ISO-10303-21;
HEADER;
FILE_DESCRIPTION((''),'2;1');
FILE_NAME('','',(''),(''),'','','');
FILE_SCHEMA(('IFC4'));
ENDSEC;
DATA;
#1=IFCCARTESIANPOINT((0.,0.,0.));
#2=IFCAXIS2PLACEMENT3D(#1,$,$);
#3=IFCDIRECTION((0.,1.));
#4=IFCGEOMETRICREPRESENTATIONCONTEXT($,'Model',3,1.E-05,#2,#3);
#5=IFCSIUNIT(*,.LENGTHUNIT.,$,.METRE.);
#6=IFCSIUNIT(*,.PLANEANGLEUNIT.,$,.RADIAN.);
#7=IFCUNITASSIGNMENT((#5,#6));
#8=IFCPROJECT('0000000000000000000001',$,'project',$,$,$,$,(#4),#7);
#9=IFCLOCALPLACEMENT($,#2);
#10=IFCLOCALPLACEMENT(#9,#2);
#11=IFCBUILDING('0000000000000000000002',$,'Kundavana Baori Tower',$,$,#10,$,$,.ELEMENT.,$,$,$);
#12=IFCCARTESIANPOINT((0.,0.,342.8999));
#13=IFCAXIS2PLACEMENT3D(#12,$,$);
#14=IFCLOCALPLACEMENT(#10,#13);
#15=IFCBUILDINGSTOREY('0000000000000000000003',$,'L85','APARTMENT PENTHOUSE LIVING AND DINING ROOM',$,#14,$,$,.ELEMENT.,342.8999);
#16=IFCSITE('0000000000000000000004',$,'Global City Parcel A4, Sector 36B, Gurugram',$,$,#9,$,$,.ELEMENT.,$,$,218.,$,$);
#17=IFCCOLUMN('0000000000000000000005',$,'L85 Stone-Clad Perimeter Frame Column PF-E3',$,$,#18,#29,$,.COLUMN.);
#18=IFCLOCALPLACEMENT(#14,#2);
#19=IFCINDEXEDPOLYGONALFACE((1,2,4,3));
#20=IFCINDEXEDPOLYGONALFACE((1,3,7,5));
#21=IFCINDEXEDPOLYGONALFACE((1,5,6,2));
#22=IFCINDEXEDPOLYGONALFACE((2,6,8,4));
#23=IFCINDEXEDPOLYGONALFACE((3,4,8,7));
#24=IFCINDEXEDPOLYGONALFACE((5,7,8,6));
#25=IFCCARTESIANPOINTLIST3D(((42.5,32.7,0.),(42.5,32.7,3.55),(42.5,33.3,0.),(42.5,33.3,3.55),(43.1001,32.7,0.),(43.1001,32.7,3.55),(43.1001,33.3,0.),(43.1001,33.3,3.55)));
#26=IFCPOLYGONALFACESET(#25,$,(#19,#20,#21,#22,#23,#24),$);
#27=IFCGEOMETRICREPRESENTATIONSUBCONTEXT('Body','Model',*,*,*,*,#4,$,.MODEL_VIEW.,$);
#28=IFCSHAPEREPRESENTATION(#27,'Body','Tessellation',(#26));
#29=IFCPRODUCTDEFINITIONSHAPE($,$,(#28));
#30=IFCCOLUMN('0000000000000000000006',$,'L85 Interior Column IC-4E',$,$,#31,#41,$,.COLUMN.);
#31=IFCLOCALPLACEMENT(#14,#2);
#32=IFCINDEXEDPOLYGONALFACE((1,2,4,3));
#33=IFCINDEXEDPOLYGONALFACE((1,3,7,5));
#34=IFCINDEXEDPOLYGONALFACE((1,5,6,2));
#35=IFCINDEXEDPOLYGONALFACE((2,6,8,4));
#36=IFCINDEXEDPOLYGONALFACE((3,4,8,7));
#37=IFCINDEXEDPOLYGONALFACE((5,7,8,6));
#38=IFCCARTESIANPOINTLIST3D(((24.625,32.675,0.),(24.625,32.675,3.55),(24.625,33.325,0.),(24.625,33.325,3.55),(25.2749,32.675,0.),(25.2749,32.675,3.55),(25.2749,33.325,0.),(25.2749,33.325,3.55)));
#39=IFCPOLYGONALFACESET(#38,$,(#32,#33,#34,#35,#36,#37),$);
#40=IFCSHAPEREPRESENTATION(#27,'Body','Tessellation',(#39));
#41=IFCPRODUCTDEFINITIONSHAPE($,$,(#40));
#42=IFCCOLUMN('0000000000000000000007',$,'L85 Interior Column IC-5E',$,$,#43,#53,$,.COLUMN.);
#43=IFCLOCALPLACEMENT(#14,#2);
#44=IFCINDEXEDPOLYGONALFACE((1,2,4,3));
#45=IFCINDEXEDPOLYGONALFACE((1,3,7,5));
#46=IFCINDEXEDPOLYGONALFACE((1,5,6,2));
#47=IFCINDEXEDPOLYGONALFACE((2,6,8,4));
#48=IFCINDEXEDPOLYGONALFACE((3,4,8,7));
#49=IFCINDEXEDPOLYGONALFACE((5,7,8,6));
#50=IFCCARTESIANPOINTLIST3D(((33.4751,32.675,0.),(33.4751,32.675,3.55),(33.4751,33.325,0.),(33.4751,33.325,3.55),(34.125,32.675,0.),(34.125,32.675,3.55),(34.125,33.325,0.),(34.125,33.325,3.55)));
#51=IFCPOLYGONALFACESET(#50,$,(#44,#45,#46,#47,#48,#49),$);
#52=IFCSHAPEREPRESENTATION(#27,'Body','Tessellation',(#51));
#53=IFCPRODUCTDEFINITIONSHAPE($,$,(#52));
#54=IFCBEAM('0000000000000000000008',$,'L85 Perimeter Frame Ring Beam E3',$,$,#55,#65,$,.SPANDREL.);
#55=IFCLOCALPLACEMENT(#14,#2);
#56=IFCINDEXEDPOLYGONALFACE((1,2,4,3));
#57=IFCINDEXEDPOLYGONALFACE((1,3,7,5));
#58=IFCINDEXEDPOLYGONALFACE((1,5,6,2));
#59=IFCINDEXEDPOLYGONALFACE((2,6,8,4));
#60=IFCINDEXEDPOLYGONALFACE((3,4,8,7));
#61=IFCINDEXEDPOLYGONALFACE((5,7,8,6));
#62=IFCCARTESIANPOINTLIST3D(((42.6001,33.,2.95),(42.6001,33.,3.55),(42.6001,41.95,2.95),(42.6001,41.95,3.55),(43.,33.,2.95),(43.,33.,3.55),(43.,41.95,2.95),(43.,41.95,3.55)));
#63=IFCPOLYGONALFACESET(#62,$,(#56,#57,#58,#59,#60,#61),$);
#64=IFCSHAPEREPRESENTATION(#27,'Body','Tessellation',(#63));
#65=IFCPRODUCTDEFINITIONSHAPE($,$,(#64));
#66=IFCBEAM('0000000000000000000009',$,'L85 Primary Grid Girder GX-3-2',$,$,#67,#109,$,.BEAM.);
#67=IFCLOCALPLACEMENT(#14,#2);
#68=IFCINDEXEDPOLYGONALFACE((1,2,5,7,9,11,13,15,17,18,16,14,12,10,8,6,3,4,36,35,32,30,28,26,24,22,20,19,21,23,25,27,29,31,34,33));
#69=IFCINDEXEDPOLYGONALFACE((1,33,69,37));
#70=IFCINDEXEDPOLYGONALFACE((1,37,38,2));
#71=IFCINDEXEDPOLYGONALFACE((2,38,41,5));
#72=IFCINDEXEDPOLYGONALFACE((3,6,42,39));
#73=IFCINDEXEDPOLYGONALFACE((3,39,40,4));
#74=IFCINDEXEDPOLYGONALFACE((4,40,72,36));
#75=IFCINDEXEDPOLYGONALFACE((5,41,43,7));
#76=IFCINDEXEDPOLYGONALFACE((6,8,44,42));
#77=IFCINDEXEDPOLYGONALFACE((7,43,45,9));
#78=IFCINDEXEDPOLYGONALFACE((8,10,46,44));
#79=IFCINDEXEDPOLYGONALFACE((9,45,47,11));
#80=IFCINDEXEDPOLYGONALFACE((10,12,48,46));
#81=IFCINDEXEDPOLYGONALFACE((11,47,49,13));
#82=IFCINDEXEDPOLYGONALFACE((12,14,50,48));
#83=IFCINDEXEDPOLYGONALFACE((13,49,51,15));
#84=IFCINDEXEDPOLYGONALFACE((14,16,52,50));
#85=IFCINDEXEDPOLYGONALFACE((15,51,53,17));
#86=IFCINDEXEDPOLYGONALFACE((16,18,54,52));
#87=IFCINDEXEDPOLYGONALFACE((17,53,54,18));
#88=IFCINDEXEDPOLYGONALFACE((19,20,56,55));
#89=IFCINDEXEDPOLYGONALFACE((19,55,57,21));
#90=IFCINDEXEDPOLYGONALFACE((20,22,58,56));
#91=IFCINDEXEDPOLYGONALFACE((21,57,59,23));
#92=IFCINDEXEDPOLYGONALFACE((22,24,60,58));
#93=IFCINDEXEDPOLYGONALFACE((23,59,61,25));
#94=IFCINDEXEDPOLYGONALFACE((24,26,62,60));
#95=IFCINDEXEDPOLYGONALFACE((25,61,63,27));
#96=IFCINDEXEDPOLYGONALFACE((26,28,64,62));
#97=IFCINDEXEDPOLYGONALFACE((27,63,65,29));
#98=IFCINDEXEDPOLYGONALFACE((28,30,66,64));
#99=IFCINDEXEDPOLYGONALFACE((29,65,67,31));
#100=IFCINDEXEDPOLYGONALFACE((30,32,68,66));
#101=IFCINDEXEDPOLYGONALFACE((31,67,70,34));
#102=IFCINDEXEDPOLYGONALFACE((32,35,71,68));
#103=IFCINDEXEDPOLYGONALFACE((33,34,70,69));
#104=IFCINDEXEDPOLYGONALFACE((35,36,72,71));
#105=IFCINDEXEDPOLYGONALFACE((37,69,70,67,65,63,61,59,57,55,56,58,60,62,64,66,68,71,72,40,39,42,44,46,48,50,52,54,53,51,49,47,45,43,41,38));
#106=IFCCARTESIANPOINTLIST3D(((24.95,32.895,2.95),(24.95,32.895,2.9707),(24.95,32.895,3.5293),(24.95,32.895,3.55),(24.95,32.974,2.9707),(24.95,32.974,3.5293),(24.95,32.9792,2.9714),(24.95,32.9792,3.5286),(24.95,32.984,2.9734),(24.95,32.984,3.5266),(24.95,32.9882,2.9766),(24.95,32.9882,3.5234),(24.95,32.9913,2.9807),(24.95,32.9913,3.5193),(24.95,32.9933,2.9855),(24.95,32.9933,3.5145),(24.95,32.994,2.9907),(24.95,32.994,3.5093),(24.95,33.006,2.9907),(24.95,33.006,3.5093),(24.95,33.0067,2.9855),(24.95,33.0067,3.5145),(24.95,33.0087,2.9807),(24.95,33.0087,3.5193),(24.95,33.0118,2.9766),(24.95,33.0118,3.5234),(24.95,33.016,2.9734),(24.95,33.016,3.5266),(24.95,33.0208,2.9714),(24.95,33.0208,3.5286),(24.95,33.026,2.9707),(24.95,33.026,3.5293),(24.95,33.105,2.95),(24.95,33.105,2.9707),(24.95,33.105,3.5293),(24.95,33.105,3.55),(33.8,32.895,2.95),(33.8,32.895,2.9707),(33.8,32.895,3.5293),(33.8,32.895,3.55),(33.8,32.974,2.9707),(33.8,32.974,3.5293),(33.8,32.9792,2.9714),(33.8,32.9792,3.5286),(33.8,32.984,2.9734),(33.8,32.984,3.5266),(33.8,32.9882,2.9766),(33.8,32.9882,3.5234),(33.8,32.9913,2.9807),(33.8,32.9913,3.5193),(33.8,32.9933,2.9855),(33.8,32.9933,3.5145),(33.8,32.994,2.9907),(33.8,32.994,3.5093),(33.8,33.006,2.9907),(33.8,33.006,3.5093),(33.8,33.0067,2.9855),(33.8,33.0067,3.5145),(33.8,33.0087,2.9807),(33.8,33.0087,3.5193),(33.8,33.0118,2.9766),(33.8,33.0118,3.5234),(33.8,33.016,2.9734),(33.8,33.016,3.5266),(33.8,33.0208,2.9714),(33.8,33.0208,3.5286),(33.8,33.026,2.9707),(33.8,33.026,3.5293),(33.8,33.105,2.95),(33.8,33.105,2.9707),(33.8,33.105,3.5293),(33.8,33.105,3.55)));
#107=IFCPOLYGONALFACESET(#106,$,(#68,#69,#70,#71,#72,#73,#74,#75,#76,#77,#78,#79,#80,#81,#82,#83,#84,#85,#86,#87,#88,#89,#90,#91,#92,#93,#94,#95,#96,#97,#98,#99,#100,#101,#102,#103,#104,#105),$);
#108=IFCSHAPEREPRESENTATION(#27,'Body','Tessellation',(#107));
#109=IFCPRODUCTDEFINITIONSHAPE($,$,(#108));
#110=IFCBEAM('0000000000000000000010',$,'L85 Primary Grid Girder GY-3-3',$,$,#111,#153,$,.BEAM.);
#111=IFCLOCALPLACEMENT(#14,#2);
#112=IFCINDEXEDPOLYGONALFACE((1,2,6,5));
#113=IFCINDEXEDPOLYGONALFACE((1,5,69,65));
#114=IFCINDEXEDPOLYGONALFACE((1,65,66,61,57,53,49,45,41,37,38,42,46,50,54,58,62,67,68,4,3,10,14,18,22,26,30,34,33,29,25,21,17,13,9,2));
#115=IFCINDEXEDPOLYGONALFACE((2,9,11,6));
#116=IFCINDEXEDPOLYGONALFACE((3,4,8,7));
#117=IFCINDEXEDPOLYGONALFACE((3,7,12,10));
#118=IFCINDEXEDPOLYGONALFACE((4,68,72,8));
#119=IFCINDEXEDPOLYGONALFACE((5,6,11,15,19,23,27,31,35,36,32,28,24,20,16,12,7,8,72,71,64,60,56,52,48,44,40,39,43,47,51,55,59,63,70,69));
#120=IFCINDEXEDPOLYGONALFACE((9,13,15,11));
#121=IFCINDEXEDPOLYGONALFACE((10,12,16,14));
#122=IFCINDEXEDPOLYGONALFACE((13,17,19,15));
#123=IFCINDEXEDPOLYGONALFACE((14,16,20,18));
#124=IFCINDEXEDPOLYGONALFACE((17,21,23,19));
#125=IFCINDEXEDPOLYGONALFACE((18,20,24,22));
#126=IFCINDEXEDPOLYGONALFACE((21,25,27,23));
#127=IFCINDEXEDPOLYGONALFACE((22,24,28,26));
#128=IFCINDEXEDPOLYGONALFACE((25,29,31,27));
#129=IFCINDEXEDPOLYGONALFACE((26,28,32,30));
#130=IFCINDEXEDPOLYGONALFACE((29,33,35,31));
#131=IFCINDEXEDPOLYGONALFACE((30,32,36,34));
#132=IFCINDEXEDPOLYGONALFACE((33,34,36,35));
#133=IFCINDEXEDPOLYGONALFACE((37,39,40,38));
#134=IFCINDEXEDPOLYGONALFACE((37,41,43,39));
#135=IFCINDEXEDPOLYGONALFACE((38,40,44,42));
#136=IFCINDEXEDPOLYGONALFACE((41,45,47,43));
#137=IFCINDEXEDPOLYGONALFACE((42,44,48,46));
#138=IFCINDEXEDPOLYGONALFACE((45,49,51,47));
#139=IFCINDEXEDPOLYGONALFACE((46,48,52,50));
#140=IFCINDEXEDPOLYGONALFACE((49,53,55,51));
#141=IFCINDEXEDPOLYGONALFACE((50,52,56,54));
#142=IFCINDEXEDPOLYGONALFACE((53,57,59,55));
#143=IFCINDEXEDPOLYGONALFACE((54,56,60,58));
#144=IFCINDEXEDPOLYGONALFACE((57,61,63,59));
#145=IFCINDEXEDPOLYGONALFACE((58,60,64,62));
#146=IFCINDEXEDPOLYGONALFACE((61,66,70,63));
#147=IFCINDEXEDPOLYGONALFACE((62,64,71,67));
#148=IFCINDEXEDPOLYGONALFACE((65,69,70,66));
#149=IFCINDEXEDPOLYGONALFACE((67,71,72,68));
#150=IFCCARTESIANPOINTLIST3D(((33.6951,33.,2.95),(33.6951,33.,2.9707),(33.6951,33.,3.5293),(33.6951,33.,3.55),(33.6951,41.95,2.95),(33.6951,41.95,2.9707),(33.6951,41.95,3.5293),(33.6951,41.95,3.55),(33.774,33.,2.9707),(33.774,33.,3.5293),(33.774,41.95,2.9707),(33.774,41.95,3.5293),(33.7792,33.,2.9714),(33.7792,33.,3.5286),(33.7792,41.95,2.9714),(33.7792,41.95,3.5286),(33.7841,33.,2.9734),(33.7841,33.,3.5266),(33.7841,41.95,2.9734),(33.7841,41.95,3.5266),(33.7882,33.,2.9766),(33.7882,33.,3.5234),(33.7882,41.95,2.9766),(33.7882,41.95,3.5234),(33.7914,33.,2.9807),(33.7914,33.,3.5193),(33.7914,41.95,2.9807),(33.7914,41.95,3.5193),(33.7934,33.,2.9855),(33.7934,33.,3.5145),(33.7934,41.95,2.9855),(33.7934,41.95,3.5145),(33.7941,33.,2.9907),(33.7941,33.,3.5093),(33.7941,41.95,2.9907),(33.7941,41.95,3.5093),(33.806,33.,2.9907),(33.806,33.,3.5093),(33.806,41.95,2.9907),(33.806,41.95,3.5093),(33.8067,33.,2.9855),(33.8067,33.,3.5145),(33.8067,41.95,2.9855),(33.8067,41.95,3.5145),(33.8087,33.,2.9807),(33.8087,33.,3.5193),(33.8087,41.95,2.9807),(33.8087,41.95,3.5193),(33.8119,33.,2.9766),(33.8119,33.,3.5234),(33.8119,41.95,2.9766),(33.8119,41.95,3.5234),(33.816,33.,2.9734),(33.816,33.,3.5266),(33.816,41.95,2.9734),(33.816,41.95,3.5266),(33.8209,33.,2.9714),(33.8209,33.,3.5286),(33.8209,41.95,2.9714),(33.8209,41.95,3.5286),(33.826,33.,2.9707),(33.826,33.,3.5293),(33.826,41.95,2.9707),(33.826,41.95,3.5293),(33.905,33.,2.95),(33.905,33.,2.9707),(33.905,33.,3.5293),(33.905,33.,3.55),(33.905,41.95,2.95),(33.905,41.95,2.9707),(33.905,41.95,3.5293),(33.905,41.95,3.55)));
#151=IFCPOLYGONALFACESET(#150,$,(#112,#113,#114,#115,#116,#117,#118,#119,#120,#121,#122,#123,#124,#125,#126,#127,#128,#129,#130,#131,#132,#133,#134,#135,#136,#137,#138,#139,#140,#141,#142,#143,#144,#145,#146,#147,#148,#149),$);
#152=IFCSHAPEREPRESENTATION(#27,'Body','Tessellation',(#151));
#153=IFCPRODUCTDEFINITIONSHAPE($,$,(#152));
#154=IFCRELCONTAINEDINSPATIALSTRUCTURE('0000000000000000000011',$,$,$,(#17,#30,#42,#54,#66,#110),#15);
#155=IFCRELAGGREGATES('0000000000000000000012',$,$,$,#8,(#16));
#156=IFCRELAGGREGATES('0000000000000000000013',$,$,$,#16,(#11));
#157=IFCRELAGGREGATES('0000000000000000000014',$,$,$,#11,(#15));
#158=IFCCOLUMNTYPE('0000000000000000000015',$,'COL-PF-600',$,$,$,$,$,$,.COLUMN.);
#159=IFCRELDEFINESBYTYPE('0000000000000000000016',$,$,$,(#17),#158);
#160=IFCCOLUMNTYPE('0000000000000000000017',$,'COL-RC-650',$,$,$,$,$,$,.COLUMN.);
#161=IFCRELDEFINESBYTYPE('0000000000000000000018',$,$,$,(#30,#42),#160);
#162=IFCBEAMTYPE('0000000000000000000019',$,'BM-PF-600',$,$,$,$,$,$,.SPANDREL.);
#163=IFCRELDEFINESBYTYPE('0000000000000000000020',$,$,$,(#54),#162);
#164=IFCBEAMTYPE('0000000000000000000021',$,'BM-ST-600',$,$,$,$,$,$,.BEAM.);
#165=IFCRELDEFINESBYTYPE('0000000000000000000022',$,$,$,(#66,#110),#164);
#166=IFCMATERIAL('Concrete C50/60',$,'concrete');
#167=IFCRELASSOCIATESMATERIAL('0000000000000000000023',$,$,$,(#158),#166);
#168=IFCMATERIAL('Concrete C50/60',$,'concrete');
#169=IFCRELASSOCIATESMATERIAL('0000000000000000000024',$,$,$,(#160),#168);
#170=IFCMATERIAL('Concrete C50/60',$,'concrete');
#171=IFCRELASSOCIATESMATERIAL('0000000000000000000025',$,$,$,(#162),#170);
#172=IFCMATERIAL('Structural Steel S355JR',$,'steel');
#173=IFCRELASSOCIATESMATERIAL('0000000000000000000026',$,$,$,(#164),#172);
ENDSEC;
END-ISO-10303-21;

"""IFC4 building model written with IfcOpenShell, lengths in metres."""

from ifc_helpers import new_model, si_unit, direction, frame, origin, origin_2d, place, context, subcontext, project, spatial, rectangle, i_section, extrude, material, material_profile, profile_set, type_object, element, save


model = new_model("IFC4")

# Units and contexts
model_context = context("Model", 3, precision=1e-05, world=origin(), true_north=direction((0.0, 1.0)))
body_context = subcontext(model_context, "Body", "Model", "MODEL_VIEW")
ifc_project = project(units=[si_unit("LENGTHUNIT", "METRE"), si_unit("PLANEANGLEUNIT", "RADIAN")], contexts=[model_context])

# Site, building, storey
site_placement = place(None, origin())
site = spatial("IfcSite", under=ifc_project, at=site_placement, Name="Global City Parcel A4, Sector 36B, Gurugram", CompositionType="ELEMENT", RefElevation=218.0)
building_placement = place(site_placement, origin())
building = spatial("IfcBuilding", under=site, at=building_placement, Name="Kundavana Baori Tower", CompositionType="ELEMENT")
storey_placement = place(building_placement, frame((0.0, 0.0, 342.8999)))
storey = spatial("IfcBuildingStorey", under=building, at=storey_placement, Name="L85", Description="APARTMENT PENTHOUSE LIVING AND DINING ROOM", CompositionType="ELEMENT", Elevation=342.8999)

# Columns
ifc_material_1 = material(Name="Concrete C50/60", Category="concrete")
ifc_material_profile_1 = material_profile(ifc_material_1, rectangle(XDim=0.6001, YDim=0.6001, at=origin_2d()), Name="RC PF 600x600")
ifc_profile_set_1 = profile_set([ifc_material_profile_1], Name="Concrete C50/60")
column_type_1 = type_object("IfcColumnType", Name="COL-PF-600", PredefinedType="COLUMN", material=ifc_profile_set_1)
column_placement = place(storey_placement, frame((42.8, 33.0, 0.0), z_axis=(0.0, 0.0, 1.0), x_axis=(1.0, 0.0, 0.0)))
element("IfcColumn", 1, at=column_placement, inside=storey, type_object=column_type_1, Name="L85 Stone-Clad Perimeter Frame Column PF-E3", PredefinedType="COLUMN", context=body_context, shape_type="SweptSolid", body=[
    extrude(rectangle(XDim=0.6001, YDim=0.6001, at=origin_2d()), origin(), (0.0, 0.0, 1.0), 3.55),
])
ifc_material_2 = material(Name="Concrete C50/60", Category="concrete")
ifc_material_profile_2 = material_profile(ifc_material_2, rectangle(XDim=0.6499, YDim=0.6499, at=origin_2d()), Name="RC 650x650")
ifc_profile_set_2 = profile_set([ifc_material_profile_2], Name="Concrete C50/60")
column_type_2 = type_object("IfcColumnType", Name="COL-RC-650", PredefinedType="COLUMN", material=ifc_profile_set_2)
for number, where, z_axis, x_axis, name in (
    (2, (24.95, 33.0, 0.0), (0.0, 0.0, 1.0), (1.0, 0.0, 0.0), "L85 Interior Column IC-4E"),
    (3, (33.8, 33.0, 0.0), (0.0, 0.0, 1.0), (1.0, 0.0, 0.0), "L85 Interior Column IC-5E"),
):
    element("IfcColumn", number, at=place(storey_placement, frame(where, z_axis=z_axis, x_axis=x_axis)), inside=storey, type_object=column_type_2, Name=name, PredefinedType="COLUMN", context=body_context, shape_type="SweptSolid", body=[
        extrude(rectangle(XDim=0.6499, YDim=0.6499, at=origin_2d()), origin(), (0.0, 0.0, 1.0), 3.55),
    ])

# Beams
ifc_material_3 = material(Name="Concrete C50/60", Category="concrete")
ifc_material_profile_3 = material_profile(ifc_material_3, rectangle(XDim=0.3999, YDim=0.6001, at=origin_2d()), Name="RC BM 400x600")
ifc_profile_set_3 = profile_set([ifc_material_profile_3], Name="Concrete C50/60")
beam_type_1 = type_object("IfcBeamType", Name="BM-PF-600", PredefinedType="SPANDREL", material=ifc_profile_set_3)
beam_1_placement = place(storey_placement, frame((42.8, 33.0, 3.25), z_axis=(0.0, 1.0, 0.0), x_axis=(-1.0, 0.0, 0.0)))
element("IfcBeam", 4, at=beam_1_placement, inside=storey, type_object=beam_type_1, Name="L85 Perimeter Frame Ring Beam E3", PredefinedType="SPANDREL", context=body_context, shape_type="SweptSolid", body=[
    extrude(rectangle(XDim=0.3999, YDim=0.6001, at=origin_2d()), origin(), (0.0, 0.0, 1.0), 8.95),
])
ifc_material_4 = material(Name="Structural Steel S355JR", Category="steel")
ifc_material_profile_4 = material_profile(ifc_material_4, i_section(OverallWidth=0.21, OverallDepth=0.6001, WebThickness=0.012, FlangeThickness=0.0208, FilletRadius=0.02, at=origin_2d()), Name="ISMB 600")
ifc_profile_set_4 = profile_set([ifc_material_profile_4], Name="Structural Steel S355JR")
beam_type_2 = type_object("IfcBeamType", Name="BM-ST-600", PredefinedType="BEAM", material=ifc_profile_set_4)
beam_2_placement = place(storey_placement, frame((24.95, 33.0, 3.25), z_axis=(1.0, 0.0, 0.0), x_axis=(0.0, 1.0, 0.0)))
element("IfcBeam", 5, at=beam_2_placement, inside=storey, type_object=beam_type_2, Name="L85 Primary Grid Girder GX-3-2", PredefinedType="BEAM", context=body_context, shape_type="SweptSolid", body=[
    extrude(i_section(OverallWidth=0.21, OverallDepth=0.6001, WebThickness=0.012, FlangeThickness=0.0208, FilletRadius=0.02, at=origin_2d()), origin(), (0.0, 0.0, 1.0), 8.8501),
])
beam_3_placement = place(storey_placement, frame((33.8, 33.0, 3.25), z_axis=(0.0, 1.0, 0.0), x_axis=(-1.0, 0.0, 0.0)))
element("IfcBeam", 6, at=beam_3_placement, inside=storey, type_object=beam_type_2, Name="L85 Primary Grid Girder GY-3-3", PredefinedType="BEAM", context=body_context, shape_type="SweptSolid", body=[
    extrude(i_section(OverallWidth=0.21, OverallDepth=0.6001, WebThickness=0.012, FlangeThickness=0.0208, FilletRadius=0.02, at=origin_2d()), origin(), (0.0, 0.0, 1.0), 8.95),
])

save(model, "model.ifc")
